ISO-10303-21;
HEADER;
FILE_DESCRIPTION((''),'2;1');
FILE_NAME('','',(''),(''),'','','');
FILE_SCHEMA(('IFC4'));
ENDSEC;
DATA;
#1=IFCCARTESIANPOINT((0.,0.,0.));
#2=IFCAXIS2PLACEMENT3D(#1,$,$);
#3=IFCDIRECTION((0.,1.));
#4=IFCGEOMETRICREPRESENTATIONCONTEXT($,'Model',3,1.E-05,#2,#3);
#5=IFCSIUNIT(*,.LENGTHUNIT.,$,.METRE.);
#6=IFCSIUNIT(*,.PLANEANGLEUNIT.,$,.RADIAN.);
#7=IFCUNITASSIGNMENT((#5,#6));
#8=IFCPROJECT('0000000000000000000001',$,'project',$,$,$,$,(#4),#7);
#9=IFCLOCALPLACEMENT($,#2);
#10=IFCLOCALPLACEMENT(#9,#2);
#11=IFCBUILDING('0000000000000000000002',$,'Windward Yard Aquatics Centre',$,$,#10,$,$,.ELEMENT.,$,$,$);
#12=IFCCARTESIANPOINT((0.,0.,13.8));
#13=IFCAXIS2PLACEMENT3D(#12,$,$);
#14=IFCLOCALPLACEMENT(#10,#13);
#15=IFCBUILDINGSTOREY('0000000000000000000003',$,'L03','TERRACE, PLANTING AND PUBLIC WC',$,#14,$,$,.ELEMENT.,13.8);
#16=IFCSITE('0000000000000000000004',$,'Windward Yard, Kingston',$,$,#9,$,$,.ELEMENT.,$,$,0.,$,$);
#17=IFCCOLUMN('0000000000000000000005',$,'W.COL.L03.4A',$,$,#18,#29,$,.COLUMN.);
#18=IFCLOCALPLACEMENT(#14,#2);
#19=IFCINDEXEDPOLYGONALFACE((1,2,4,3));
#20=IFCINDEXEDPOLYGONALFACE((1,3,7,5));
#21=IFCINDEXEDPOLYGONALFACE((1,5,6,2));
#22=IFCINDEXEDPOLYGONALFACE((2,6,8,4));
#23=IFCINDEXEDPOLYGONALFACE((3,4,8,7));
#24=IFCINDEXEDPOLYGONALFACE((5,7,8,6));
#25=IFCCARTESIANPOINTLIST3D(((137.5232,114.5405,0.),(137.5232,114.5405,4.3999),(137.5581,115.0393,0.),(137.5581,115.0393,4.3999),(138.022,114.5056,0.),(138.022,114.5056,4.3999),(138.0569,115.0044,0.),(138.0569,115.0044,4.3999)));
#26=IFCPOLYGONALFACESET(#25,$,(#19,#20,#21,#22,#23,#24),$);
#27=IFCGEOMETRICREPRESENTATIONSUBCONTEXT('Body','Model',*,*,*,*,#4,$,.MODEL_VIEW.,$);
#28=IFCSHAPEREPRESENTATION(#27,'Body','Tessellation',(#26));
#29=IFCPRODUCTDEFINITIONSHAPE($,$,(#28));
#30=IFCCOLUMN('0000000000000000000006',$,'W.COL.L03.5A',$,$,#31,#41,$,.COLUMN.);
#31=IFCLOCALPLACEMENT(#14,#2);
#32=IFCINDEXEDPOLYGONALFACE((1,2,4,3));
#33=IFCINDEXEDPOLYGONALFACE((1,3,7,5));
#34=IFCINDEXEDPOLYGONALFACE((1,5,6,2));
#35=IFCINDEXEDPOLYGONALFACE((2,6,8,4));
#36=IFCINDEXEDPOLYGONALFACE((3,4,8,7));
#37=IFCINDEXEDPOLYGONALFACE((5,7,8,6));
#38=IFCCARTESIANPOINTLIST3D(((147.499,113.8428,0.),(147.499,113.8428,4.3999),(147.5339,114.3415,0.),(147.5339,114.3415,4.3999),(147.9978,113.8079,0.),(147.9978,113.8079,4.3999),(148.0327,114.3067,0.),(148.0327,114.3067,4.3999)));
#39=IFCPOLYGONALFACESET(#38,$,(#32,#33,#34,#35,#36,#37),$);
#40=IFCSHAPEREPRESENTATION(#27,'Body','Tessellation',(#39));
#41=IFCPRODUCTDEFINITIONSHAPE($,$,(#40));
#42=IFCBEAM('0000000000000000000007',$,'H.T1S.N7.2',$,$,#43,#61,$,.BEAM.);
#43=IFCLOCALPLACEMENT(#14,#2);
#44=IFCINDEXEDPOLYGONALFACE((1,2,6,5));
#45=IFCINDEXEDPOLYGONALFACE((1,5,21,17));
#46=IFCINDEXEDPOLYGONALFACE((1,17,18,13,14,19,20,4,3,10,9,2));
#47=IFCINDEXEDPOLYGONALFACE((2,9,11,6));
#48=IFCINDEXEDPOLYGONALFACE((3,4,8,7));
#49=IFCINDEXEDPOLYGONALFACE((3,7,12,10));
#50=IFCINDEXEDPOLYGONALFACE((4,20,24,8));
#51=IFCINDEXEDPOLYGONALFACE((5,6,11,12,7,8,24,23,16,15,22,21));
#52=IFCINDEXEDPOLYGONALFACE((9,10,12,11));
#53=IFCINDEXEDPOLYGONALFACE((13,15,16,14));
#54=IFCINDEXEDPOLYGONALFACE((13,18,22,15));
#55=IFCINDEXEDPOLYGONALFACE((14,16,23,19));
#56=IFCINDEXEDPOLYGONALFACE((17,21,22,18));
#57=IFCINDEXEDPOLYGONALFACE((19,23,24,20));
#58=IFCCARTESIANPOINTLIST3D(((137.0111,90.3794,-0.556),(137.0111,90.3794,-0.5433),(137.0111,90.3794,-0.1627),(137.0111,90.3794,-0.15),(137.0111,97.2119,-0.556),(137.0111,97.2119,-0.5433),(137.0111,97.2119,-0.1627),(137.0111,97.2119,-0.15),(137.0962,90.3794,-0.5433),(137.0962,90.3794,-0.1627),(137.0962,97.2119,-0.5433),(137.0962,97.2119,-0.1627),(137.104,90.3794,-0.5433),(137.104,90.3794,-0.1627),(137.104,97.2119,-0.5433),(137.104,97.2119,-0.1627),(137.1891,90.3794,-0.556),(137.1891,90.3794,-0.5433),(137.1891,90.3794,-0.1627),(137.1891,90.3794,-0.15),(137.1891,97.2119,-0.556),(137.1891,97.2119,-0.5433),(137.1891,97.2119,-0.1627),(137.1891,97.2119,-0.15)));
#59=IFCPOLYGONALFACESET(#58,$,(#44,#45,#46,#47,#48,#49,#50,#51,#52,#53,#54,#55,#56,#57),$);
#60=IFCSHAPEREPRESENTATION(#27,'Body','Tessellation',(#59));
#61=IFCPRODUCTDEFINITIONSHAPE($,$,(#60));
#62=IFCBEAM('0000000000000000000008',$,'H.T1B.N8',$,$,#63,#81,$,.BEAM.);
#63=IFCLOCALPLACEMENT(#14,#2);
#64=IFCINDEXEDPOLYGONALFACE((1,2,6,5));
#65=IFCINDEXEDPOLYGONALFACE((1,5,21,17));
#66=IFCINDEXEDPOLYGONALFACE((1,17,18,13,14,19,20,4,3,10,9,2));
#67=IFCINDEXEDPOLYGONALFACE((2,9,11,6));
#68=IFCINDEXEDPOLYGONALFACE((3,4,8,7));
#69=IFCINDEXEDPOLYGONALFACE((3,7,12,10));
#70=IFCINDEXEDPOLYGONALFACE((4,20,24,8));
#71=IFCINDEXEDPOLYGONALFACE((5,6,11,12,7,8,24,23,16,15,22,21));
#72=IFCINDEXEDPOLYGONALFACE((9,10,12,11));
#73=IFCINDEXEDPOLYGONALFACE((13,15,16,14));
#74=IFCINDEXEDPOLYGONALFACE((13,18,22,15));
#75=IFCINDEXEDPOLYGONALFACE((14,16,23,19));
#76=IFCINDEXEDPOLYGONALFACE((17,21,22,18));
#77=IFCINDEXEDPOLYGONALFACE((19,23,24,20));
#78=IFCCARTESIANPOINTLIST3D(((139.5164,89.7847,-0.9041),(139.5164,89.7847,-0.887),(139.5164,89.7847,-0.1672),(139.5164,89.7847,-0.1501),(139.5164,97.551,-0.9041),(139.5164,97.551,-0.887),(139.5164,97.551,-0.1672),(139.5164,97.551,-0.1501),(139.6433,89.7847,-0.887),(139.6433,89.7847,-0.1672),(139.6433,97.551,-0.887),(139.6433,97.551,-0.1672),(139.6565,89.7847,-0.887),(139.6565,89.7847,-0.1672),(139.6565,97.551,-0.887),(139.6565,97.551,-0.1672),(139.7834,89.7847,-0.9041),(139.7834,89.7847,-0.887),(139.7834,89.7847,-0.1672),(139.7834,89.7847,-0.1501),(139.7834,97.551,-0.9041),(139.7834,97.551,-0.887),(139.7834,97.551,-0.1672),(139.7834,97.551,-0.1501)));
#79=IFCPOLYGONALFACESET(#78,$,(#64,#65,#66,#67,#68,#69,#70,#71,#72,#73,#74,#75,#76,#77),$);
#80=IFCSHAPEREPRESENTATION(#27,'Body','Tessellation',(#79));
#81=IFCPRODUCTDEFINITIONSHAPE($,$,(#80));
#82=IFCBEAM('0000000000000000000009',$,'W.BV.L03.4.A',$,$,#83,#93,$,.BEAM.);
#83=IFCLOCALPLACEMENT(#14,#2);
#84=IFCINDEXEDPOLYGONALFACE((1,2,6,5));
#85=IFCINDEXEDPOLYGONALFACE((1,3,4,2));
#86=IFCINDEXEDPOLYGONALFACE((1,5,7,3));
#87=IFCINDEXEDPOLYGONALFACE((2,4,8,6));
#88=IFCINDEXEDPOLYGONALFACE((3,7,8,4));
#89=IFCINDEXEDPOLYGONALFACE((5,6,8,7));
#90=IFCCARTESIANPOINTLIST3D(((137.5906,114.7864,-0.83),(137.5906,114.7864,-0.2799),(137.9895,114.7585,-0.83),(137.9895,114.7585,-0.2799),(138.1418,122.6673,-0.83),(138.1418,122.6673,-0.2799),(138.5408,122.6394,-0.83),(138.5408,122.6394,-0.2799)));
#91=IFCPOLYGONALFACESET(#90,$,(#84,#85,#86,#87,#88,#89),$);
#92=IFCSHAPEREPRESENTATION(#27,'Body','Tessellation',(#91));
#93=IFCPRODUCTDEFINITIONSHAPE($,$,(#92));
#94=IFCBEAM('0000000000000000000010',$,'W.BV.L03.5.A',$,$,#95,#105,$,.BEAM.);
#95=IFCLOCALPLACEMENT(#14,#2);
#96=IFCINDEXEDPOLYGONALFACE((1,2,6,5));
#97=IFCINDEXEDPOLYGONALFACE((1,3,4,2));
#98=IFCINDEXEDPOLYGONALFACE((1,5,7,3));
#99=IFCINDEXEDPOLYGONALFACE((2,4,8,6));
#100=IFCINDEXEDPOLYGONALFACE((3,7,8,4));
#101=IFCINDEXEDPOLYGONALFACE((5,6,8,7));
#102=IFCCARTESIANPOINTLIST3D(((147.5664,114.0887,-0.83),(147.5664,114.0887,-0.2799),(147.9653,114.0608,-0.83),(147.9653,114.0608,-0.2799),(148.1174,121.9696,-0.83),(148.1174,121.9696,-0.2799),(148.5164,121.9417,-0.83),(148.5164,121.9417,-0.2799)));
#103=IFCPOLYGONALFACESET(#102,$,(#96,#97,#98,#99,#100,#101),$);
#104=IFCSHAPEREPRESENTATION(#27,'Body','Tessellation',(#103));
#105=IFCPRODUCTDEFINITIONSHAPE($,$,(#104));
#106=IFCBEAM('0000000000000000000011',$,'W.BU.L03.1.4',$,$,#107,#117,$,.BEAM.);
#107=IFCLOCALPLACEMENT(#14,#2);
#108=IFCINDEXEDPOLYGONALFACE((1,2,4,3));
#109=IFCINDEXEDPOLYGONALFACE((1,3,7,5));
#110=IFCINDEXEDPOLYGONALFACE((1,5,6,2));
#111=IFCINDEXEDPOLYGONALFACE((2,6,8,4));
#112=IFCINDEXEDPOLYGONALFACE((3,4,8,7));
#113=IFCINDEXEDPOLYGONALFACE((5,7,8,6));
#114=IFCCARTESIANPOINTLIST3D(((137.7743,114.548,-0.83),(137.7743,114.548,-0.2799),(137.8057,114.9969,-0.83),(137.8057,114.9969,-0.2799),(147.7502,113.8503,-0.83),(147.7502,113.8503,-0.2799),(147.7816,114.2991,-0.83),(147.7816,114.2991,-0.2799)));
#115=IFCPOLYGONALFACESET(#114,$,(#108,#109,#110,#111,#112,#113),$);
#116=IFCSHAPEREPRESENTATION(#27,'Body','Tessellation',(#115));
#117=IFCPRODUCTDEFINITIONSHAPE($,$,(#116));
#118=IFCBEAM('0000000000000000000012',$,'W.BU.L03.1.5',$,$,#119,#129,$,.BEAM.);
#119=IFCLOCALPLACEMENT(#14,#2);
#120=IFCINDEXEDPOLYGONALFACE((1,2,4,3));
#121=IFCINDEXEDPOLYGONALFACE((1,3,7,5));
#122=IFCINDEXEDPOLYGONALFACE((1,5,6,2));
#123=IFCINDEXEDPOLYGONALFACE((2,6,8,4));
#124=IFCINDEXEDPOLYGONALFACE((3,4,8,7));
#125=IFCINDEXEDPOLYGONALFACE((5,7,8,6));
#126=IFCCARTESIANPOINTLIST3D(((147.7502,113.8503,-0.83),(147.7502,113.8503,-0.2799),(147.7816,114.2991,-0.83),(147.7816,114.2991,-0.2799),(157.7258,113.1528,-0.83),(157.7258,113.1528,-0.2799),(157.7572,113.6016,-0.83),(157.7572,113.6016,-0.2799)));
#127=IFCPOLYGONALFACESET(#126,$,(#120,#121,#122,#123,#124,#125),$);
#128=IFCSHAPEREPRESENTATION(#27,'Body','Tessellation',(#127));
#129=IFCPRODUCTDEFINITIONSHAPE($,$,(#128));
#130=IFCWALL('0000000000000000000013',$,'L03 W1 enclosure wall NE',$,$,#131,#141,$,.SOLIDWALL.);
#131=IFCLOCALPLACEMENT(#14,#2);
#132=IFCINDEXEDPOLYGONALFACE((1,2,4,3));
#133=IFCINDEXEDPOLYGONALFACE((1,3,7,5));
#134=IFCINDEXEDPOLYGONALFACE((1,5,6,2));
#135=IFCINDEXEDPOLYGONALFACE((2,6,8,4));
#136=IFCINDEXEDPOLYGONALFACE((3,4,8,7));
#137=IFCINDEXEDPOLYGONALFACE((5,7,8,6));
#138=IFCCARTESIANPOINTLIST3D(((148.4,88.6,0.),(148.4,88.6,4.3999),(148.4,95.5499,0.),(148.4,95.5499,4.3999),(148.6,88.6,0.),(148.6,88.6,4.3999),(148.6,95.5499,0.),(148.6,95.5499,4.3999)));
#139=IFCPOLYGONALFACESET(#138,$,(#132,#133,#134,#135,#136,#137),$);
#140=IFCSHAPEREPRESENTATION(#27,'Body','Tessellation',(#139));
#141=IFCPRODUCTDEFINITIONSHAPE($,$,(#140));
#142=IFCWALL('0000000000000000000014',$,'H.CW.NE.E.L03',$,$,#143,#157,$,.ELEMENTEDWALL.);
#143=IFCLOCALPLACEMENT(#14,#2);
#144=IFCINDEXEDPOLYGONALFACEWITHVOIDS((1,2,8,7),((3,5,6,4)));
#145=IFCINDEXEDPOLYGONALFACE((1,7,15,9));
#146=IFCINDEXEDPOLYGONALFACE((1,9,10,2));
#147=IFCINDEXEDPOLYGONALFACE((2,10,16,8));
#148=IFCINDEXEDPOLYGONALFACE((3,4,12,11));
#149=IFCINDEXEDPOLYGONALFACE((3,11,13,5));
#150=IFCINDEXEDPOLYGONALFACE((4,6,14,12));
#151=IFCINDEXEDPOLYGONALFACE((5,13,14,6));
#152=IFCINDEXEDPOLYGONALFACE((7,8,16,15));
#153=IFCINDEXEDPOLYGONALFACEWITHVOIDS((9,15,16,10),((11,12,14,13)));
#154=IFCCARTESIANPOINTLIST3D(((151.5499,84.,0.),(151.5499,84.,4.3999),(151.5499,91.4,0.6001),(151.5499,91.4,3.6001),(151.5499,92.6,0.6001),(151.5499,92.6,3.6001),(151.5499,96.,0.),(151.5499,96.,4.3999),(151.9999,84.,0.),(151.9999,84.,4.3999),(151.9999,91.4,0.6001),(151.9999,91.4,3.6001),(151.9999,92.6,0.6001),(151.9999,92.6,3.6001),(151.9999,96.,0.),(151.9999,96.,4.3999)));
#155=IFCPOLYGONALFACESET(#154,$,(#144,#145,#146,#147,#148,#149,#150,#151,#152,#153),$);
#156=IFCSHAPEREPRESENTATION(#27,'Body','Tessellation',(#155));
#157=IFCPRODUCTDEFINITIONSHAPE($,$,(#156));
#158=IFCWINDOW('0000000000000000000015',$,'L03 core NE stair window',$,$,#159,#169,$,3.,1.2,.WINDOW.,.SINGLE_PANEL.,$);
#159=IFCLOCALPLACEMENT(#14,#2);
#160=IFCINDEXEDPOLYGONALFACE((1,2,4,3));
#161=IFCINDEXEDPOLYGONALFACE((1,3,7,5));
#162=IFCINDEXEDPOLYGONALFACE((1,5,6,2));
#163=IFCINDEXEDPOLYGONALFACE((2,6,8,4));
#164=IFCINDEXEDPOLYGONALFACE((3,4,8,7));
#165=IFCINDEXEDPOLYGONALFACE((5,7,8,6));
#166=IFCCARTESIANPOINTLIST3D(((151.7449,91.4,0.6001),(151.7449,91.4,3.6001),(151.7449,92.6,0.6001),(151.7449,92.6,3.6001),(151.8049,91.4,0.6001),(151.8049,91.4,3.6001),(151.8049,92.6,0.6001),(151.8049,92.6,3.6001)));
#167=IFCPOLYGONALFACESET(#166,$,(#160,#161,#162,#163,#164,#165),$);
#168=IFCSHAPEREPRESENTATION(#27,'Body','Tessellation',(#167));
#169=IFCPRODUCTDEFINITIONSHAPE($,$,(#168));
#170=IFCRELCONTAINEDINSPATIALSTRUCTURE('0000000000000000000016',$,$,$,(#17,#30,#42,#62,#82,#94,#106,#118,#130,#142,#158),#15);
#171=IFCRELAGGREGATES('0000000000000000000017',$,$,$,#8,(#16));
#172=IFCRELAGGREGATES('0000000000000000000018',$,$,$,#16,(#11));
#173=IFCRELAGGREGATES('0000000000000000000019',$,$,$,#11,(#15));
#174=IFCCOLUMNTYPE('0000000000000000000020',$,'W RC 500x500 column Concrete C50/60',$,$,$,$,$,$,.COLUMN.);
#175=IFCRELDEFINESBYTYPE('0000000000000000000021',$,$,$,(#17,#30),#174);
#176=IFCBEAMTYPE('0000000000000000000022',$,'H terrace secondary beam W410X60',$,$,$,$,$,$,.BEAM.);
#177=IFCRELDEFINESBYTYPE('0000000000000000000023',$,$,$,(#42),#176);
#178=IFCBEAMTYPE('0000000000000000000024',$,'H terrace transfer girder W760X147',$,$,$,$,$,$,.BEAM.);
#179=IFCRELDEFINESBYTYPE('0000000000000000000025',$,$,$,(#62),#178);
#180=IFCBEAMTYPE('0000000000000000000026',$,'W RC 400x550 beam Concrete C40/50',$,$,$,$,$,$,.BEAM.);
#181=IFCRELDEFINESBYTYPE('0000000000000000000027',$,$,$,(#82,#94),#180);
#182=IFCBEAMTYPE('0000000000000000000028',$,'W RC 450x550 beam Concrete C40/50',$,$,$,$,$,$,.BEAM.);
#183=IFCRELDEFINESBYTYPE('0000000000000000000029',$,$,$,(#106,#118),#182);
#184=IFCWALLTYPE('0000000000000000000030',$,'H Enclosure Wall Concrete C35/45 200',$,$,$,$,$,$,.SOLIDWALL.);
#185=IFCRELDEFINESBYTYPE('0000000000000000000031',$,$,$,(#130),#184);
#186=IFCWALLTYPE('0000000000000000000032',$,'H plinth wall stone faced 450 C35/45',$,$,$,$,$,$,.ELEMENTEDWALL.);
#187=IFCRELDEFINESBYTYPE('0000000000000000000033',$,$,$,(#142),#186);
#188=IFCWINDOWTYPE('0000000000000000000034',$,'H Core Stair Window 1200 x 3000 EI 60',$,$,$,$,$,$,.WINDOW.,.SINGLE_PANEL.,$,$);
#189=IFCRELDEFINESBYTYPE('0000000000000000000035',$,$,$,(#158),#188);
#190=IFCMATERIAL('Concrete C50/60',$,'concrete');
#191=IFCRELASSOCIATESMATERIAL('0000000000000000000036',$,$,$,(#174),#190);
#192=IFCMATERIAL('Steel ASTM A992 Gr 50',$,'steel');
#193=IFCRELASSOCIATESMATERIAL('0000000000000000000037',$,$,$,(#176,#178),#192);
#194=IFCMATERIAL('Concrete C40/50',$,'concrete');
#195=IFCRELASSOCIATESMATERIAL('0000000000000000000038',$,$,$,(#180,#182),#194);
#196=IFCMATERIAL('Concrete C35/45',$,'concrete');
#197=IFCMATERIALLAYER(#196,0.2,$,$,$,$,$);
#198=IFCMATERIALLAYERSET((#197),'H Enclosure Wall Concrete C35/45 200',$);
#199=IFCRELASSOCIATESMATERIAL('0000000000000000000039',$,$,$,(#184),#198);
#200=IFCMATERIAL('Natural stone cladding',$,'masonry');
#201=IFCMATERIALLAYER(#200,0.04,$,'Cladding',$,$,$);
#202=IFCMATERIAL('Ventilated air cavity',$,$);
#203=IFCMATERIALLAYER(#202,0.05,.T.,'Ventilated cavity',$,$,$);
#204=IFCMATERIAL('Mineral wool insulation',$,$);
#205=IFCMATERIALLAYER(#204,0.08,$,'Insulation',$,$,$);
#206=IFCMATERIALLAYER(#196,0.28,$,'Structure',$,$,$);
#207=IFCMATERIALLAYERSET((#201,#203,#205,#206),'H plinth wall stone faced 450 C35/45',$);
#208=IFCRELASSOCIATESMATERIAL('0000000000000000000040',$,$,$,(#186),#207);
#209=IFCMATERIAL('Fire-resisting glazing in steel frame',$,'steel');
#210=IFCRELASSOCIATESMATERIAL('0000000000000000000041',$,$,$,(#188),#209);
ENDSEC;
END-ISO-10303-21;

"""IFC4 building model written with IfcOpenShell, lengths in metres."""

from ifc_helpers import new_model, si_unit, direction, frame, frame_2d, origin, origin_2d, place, context, subcontext, project, spatial, rectangle, i_section, extrude, material, layer, layer_set, material_profile, profile_set, type_object, element, fill, save


model = new_model("IFC4")

# Units and contexts
model_context = context("Model", 3, precision=1e-05, world=origin(), true_north=direction((0.0, 1.0)))
body_context = subcontext(model_context, "Body", "Model", "MODEL_VIEW")
ifc_project = project(units=[si_unit("LENGTHUNIT", "METRE"), si_unit("PLANEANGLEUNIT", "RADIAN")], contexts=[model_context])

# Site, building, storey
site_placement = place(None, origin())
site = spatial("IfcSite", under=ifc_project, at=site_placement, Name="Windward Yard, Kingston", CompositionType="ELEMENT", RefElevation=0.0)
building_placement = place(site_placement, origin())
building = spatial("IfcBuilding", under=site, at=building_placement, Name="Windward Yard Aquatics Centre", CompositionType="ELEMENT")
storey_placement = place(building_placement, frame((0.0, 0.0, 13.8)))
storey = spatial("IfcBuildingStorey", under=building, at=storey_placement, Name="L03", Description="TERRACE, PLANTING AND PUBLIC WC", CompositionType="ELEMENT", Elevation=13.8)

# Columns
ifc_material_1 = material(Name="Concrete C50/60", Category="concrete")
ifc_material_profile_1 = material_profile(ifc_material_1, rectangle(XDim=0.5, YDim=0.5, at=origin_2d()), Name="RC 500x500")
ifc_profile_set_1 = profile_set([ifc_material_profile_1], Name="Concrete C50/60")
column_type = type_object("IfcColumnType", Name="W RC 500x500 column Concrete C50/60", PredefinedType="COLUMN", material=ifc_profile_set_1)
for number, where, z_axis, x_axis, name in (
    (1, (137.79, 114.7725, 0.0), (0.0, 0.0, 1.0), (0.997564, -0.069756, 0.0), "W.COL.L03.4A"),
    (2, (147.7659, 114.0747, 0.0), (0.0, 0.0, 1.0), (0.997564, -0.069756, 0.0), "W.COL.L03.5A"),
):
    element("IfcColumn", number, at=place(storey_placement, frame(where, z_axis=z_axis, x_axis=x_axis)), inside=storey, type_object=column_type, Name=name, PredefinedType="COLUMN", context=body_context, shape_type="SweptSolid", body=[
        extrude(rectangle(XDim=0.5, YDim=0.5, at=origin_2d()), origin(), (0.0, 0.0, 1.0), 4.3999),
    ])

# Beams
ifc_material_2 = material(Name="Steel ASTM A992 Gr 50", Category="steel")
ifc_material_profile_2 = material_profile(ifc_material_2, i_section(OverallWidth=0.178, OverallDepth=0.406, WebThickness=0.0078, FlangeThickness=0.0127, at=origin_2d()), Name="W410X60")
ifc_profile_set_2 = profile_set([ifc_material_profile_2], Name="Steel ASTM A992 Gr 50")
beam_type_1 = type_object("IfcBeamType", Name="H terrace secondary beam W410X60", PredefinedType="BEAM", material=ifc_profile_set_2)
beam_1_placement = place(storey_placement, frame((137.1001, 97.2119, -0.353), z_axis=(0.0, -1.0, 0.0), x_axis=(1.0, 0.0, 0.0)))
element("IfcBeam", 3, at=beam_1_placement, inside=storey, type_object=beam_type_1, Name="H.T1S.N7.2", PredefinedType="BEAM", context=body_context, shape_type="SweptSolid", body=[
    extrude(i_section(OverallWidth=0.178, OverallDepth=0.406, WebThickness=0.0078, FlangeThickness=0.0127, at=origin_2d()), origin(), (0.0, 0.0, 1.0), 6.8325),
])
ifc_material_profile_3 = material_profile(ifc_material_2, i_section(OverallWidth=0.2671, OverallDepth=0.7539, WebThickness=0.0132, FlangeThickness=0.0171, at=origin_2d()), Name="W760X147")
ifc_profile_set_3 = profile_set([ifc_material_profile_3], Name="Steel ASTM A992 Gr 50")
beam_type_2 = type_object("IfcBeamType", Name="H terrace transfer girder W760X147", PredefinedType="BEAM", material=ifc_profile_set_3)
beam_2_placement = place(storey_placement, frame((139.6499, 97.551, -0.5271), z_axis=(0.0, -1.0, 0.0), x_axis=(1.0, 0.0, 0.0)))
element("IfcBeam", 4, at=beam_2_placement, inside=storey, type_object=beam_type_2, Name="H.T1B.N8", PredefinedType="BEAM", context=body_context, shape_type="SweptSolid", body=[
    extrude(i_section(OverallWidth=0.2671, OverallDepth=0.7539, WebThickness=0.0132, FlangeThickness=0.0171, at=origin_2d()), origin(), (0.0, 0.0, 1.0), 7.7664),
])
ifc_material_3 = material(Name="Concrete C40/50", Category="concrete")
ifc_material_profile_4 = material_profile(ifc_material_3, rectangle(XDim=0.3999, YDim=0.55, at=origin_2d()), Name="RC 400x550")
ifc_profile_set_4 = profile_set([ifc_material_profile_4], Name="Concrete C40/50")
beam_type_3 = type_object("IfcBeamType", Name="W RC 400x550 beam Concrete C40/50", PredefinedType="BEAM", material=ifc_profile_set_4)
for number, where, z_axis, x_axis, name in (
    (5, (137.79, 114.7725, -0.5549), (0.06978, 0.997562, 0.0), (-0.997562, 0.06978, 0.0), "W.BV.L03.4.A"),
    (6, (147.7659, 114.0747, -0.5549), (0.069749, 0.997565, 0.0), (-0.997565, 0.069749, 0.0), "W.BV.L03.5.A"),
):
    element("IfcBeam", number, at=place(storey_placement, frame(where, z_axis=z_axis, x_axis=x_axis)), inside=storey, type_object=beam_type_3, Name=name, PredefinedType="BEAM", context=body_context, shape_type="SweptSolid", body=[
        extrude(rectangle(XDim=0.3999, YDim=0.55, at=origin_2d()), origin(), (0.0, 0.0, 1.0), 7.9001),
    ])
ifc_material_profile_5 = material_profile(ifc_material_3, rectangle(XDim=0.45, YDim=0.55, at=origin_2d()), Name="RC 450x550")
ifc_profile_set_5 = profile_set([ifc_material_profile_5], Name="Concrete C40/50")
beam_type_4 = type_object("IfcBeamType", Name="W RC 450x550 beam Concrete C40/50", PredefinedType="BEAM", material=ifc_profile_set_5)
beam_3_placement = place(storey_placement, frame((137.79, 114.7725, -0.5549), z_axis=(0.997563, -0.069774, 0.0), x_axis=(0.069774, 0.997563, 0.0)))
element("IfcBeam", 7, at=beam_3_placement, inside=storey, type_object=beam_type_4, Name="W.BU.L03.1.4", PredefinedType="BEAM", context=body_context, shape_type="SweptSolid", body=[
    extrude(rectangle(XDim=0.45, YDim=0.55, at=origin_2d()), origin(), (0.0, 0.0, 1.0), 10.0002),
])
beam_4_placement = place(storey_placement, frame((147.7659, 114.0747, -0.5549), z_axis=(0.997564, -0.069751, 0.0), x_axis=(0.069751, 0.997564, 0.0)))
element("IfcBeam", 8, at=beam_4_placement, inside=storey, type_object=beam_type_4, Name="W.BU.L03.1.5", PredefinedType="BEAM", context=body_context, shape_type="SweptSolid", body=[
    extrude(rectangle(XDim=0.45, YDim=0.55, at=origin_2d()), origin(), (0.0, 0.0, 1.0), 10.0),
])

# Wall
ifc_material_4 = material(Name="Concrete C35/45", Category="concrete")
ifc_layer_1 = layer(ifc_material_4, 0.2)
ifc_layer_set_1 = layer_set([ifc_layer_1], Name="H Enclosure Wall Concrete C35/45 200")
wall_type_1 = type_object("IfcWallType", Name="H Enclosure Wall Concrete C35/45 200", PredefinedType="SOLIDWALL", material=ifc_layer_set_1)
wall_1_placement = place(storey_placement, frame((148.5, 95.55, 0.0), z_axis=(0.0, 0.0, 1.0), x_axis=(0.0, -1.0, 0.0)))
element("IfcWall", 9, at=wall_1_placement, inside=storey, type_object=wall_type_1, Name="L03 W1 enclosure wall NE", PredefinedType="SOLIDWALL", context=body_context, shape_type="SweptSolid", body=[
    extrude(rectangle(XDim=6.95, YDim=0.2, at=frame_2d((3.4751, 0.0))), origin(), (0.0, 0.0, 1.0), 4.3999),
])

# Wall, opening, window
ifc_material_5 = material(Name="Natural stone cladding", Category="masonry")
ifc_layer_2 = layer(ifc_material_5, 0.04, Name="Cladding")
ifc_material_6 = material(Name="Ventilated air cavity")
ifc_layer_3 = layer(ifc_material_6, 0.05, ventilated=True, Name="Ventilated cavity")
ifc_material_7 = material(Name="Mineral wool insulation")
ifc_layer_4 = layer(ifc_material_7, 0.08, Name="Insulation")
ifc_layer_5 = layer(ifc_material_4, 0.28, Name="Structure")
ifc_layer_set_2 = layer_set([ifc_layer_2, ifc_layer_3, ifc_layer_4, ifc_layer_5], Name="H plinth wall stone faced 450 C35/45")
wall_type_2 = type_object("IfcWallType", Name="H plinth wall stone faced 450 C35/45", PredefinedType="ELEMENTEDWALL", material=ifc_layer_set_2)
wall_2_placement = place(storey_placement, frame((151.7749, 96.0, 0.0), z_axis=(0.0, 0.0, 1.0), x_axis=(0.0, -1.0, 0.0)))
wall_2 = element("IfcWall", 10, at=wall_2_placement, inside=storey, type_object=wall_type_2, Name="H.CW.NE.E.L03", PredefinedType="ELEMENTEDWALL", context=body_context, shape_type="SweptSolid", body=[
    extrude(rectangle(XDim=12.0, YDim=0.45, at=frame_2d((6.0, 0.0))), origin(), (0.0, 0.0, 1.0), 4.3999),
])
opening_1_placement = place(wall_2_placement, frame((3.3999, 0.0, 0.6001)))
opening_1 = element("IfcOpeningElement", 11, at=opening_1_placement, cuts=wall_2, PredefinedType="OPENING", context=body_context, shape_type="SweptSolid", body=[
    extrude(rectangle(XDim=1.2, YDim=3.0, at=frame_2d((0.6001, 1.5))), frame((0.0, 0.2349, 0.0), z_axis=(0.0, -1.0, 0.0), x_axis=(1.0, 0.0, 0.0)), (0.0, 0.0, 1.0), 0.47),
])
ifc_material_8 = material(Name="Fire-resisting glazing in steel frame", Category="steel")
window_type_1 = type_object("IfcWindowType", Name="H Core Stair Window 1200 x 3000 EI 60", PartitioningType="SINGLE_PANEL", PredefinedType="WINDOW", material=ifc_material_8)
window_1_placement = place(opening_1_placement, origin())
window_1 = element("IfcWindow", 12, at=window_1_placement, inside=storey, type_object=window_type_1, Name="L03 core NE stair window", OverallHeight=3.0, OverallWidth=1.2, PartitioningType="SINGLE_PANEL", PredefinedType="WINDOW", context=body_context, shape_type="SweptSolid", body=[
    extrude(rectangle(XDim=1.2, YDim=3.0, at=frame_2d((0.6001, 1.5))), frame((0.0, 0.03, 0.0), z_axis=(0.0, -1.0, 0.0), x_axis=(1.0, 0.0, 0.0)), (0.0, 0.0, 1.0), 0.0601),
])
fill(opening_1, window_1)

save(model, "model.ifc")
